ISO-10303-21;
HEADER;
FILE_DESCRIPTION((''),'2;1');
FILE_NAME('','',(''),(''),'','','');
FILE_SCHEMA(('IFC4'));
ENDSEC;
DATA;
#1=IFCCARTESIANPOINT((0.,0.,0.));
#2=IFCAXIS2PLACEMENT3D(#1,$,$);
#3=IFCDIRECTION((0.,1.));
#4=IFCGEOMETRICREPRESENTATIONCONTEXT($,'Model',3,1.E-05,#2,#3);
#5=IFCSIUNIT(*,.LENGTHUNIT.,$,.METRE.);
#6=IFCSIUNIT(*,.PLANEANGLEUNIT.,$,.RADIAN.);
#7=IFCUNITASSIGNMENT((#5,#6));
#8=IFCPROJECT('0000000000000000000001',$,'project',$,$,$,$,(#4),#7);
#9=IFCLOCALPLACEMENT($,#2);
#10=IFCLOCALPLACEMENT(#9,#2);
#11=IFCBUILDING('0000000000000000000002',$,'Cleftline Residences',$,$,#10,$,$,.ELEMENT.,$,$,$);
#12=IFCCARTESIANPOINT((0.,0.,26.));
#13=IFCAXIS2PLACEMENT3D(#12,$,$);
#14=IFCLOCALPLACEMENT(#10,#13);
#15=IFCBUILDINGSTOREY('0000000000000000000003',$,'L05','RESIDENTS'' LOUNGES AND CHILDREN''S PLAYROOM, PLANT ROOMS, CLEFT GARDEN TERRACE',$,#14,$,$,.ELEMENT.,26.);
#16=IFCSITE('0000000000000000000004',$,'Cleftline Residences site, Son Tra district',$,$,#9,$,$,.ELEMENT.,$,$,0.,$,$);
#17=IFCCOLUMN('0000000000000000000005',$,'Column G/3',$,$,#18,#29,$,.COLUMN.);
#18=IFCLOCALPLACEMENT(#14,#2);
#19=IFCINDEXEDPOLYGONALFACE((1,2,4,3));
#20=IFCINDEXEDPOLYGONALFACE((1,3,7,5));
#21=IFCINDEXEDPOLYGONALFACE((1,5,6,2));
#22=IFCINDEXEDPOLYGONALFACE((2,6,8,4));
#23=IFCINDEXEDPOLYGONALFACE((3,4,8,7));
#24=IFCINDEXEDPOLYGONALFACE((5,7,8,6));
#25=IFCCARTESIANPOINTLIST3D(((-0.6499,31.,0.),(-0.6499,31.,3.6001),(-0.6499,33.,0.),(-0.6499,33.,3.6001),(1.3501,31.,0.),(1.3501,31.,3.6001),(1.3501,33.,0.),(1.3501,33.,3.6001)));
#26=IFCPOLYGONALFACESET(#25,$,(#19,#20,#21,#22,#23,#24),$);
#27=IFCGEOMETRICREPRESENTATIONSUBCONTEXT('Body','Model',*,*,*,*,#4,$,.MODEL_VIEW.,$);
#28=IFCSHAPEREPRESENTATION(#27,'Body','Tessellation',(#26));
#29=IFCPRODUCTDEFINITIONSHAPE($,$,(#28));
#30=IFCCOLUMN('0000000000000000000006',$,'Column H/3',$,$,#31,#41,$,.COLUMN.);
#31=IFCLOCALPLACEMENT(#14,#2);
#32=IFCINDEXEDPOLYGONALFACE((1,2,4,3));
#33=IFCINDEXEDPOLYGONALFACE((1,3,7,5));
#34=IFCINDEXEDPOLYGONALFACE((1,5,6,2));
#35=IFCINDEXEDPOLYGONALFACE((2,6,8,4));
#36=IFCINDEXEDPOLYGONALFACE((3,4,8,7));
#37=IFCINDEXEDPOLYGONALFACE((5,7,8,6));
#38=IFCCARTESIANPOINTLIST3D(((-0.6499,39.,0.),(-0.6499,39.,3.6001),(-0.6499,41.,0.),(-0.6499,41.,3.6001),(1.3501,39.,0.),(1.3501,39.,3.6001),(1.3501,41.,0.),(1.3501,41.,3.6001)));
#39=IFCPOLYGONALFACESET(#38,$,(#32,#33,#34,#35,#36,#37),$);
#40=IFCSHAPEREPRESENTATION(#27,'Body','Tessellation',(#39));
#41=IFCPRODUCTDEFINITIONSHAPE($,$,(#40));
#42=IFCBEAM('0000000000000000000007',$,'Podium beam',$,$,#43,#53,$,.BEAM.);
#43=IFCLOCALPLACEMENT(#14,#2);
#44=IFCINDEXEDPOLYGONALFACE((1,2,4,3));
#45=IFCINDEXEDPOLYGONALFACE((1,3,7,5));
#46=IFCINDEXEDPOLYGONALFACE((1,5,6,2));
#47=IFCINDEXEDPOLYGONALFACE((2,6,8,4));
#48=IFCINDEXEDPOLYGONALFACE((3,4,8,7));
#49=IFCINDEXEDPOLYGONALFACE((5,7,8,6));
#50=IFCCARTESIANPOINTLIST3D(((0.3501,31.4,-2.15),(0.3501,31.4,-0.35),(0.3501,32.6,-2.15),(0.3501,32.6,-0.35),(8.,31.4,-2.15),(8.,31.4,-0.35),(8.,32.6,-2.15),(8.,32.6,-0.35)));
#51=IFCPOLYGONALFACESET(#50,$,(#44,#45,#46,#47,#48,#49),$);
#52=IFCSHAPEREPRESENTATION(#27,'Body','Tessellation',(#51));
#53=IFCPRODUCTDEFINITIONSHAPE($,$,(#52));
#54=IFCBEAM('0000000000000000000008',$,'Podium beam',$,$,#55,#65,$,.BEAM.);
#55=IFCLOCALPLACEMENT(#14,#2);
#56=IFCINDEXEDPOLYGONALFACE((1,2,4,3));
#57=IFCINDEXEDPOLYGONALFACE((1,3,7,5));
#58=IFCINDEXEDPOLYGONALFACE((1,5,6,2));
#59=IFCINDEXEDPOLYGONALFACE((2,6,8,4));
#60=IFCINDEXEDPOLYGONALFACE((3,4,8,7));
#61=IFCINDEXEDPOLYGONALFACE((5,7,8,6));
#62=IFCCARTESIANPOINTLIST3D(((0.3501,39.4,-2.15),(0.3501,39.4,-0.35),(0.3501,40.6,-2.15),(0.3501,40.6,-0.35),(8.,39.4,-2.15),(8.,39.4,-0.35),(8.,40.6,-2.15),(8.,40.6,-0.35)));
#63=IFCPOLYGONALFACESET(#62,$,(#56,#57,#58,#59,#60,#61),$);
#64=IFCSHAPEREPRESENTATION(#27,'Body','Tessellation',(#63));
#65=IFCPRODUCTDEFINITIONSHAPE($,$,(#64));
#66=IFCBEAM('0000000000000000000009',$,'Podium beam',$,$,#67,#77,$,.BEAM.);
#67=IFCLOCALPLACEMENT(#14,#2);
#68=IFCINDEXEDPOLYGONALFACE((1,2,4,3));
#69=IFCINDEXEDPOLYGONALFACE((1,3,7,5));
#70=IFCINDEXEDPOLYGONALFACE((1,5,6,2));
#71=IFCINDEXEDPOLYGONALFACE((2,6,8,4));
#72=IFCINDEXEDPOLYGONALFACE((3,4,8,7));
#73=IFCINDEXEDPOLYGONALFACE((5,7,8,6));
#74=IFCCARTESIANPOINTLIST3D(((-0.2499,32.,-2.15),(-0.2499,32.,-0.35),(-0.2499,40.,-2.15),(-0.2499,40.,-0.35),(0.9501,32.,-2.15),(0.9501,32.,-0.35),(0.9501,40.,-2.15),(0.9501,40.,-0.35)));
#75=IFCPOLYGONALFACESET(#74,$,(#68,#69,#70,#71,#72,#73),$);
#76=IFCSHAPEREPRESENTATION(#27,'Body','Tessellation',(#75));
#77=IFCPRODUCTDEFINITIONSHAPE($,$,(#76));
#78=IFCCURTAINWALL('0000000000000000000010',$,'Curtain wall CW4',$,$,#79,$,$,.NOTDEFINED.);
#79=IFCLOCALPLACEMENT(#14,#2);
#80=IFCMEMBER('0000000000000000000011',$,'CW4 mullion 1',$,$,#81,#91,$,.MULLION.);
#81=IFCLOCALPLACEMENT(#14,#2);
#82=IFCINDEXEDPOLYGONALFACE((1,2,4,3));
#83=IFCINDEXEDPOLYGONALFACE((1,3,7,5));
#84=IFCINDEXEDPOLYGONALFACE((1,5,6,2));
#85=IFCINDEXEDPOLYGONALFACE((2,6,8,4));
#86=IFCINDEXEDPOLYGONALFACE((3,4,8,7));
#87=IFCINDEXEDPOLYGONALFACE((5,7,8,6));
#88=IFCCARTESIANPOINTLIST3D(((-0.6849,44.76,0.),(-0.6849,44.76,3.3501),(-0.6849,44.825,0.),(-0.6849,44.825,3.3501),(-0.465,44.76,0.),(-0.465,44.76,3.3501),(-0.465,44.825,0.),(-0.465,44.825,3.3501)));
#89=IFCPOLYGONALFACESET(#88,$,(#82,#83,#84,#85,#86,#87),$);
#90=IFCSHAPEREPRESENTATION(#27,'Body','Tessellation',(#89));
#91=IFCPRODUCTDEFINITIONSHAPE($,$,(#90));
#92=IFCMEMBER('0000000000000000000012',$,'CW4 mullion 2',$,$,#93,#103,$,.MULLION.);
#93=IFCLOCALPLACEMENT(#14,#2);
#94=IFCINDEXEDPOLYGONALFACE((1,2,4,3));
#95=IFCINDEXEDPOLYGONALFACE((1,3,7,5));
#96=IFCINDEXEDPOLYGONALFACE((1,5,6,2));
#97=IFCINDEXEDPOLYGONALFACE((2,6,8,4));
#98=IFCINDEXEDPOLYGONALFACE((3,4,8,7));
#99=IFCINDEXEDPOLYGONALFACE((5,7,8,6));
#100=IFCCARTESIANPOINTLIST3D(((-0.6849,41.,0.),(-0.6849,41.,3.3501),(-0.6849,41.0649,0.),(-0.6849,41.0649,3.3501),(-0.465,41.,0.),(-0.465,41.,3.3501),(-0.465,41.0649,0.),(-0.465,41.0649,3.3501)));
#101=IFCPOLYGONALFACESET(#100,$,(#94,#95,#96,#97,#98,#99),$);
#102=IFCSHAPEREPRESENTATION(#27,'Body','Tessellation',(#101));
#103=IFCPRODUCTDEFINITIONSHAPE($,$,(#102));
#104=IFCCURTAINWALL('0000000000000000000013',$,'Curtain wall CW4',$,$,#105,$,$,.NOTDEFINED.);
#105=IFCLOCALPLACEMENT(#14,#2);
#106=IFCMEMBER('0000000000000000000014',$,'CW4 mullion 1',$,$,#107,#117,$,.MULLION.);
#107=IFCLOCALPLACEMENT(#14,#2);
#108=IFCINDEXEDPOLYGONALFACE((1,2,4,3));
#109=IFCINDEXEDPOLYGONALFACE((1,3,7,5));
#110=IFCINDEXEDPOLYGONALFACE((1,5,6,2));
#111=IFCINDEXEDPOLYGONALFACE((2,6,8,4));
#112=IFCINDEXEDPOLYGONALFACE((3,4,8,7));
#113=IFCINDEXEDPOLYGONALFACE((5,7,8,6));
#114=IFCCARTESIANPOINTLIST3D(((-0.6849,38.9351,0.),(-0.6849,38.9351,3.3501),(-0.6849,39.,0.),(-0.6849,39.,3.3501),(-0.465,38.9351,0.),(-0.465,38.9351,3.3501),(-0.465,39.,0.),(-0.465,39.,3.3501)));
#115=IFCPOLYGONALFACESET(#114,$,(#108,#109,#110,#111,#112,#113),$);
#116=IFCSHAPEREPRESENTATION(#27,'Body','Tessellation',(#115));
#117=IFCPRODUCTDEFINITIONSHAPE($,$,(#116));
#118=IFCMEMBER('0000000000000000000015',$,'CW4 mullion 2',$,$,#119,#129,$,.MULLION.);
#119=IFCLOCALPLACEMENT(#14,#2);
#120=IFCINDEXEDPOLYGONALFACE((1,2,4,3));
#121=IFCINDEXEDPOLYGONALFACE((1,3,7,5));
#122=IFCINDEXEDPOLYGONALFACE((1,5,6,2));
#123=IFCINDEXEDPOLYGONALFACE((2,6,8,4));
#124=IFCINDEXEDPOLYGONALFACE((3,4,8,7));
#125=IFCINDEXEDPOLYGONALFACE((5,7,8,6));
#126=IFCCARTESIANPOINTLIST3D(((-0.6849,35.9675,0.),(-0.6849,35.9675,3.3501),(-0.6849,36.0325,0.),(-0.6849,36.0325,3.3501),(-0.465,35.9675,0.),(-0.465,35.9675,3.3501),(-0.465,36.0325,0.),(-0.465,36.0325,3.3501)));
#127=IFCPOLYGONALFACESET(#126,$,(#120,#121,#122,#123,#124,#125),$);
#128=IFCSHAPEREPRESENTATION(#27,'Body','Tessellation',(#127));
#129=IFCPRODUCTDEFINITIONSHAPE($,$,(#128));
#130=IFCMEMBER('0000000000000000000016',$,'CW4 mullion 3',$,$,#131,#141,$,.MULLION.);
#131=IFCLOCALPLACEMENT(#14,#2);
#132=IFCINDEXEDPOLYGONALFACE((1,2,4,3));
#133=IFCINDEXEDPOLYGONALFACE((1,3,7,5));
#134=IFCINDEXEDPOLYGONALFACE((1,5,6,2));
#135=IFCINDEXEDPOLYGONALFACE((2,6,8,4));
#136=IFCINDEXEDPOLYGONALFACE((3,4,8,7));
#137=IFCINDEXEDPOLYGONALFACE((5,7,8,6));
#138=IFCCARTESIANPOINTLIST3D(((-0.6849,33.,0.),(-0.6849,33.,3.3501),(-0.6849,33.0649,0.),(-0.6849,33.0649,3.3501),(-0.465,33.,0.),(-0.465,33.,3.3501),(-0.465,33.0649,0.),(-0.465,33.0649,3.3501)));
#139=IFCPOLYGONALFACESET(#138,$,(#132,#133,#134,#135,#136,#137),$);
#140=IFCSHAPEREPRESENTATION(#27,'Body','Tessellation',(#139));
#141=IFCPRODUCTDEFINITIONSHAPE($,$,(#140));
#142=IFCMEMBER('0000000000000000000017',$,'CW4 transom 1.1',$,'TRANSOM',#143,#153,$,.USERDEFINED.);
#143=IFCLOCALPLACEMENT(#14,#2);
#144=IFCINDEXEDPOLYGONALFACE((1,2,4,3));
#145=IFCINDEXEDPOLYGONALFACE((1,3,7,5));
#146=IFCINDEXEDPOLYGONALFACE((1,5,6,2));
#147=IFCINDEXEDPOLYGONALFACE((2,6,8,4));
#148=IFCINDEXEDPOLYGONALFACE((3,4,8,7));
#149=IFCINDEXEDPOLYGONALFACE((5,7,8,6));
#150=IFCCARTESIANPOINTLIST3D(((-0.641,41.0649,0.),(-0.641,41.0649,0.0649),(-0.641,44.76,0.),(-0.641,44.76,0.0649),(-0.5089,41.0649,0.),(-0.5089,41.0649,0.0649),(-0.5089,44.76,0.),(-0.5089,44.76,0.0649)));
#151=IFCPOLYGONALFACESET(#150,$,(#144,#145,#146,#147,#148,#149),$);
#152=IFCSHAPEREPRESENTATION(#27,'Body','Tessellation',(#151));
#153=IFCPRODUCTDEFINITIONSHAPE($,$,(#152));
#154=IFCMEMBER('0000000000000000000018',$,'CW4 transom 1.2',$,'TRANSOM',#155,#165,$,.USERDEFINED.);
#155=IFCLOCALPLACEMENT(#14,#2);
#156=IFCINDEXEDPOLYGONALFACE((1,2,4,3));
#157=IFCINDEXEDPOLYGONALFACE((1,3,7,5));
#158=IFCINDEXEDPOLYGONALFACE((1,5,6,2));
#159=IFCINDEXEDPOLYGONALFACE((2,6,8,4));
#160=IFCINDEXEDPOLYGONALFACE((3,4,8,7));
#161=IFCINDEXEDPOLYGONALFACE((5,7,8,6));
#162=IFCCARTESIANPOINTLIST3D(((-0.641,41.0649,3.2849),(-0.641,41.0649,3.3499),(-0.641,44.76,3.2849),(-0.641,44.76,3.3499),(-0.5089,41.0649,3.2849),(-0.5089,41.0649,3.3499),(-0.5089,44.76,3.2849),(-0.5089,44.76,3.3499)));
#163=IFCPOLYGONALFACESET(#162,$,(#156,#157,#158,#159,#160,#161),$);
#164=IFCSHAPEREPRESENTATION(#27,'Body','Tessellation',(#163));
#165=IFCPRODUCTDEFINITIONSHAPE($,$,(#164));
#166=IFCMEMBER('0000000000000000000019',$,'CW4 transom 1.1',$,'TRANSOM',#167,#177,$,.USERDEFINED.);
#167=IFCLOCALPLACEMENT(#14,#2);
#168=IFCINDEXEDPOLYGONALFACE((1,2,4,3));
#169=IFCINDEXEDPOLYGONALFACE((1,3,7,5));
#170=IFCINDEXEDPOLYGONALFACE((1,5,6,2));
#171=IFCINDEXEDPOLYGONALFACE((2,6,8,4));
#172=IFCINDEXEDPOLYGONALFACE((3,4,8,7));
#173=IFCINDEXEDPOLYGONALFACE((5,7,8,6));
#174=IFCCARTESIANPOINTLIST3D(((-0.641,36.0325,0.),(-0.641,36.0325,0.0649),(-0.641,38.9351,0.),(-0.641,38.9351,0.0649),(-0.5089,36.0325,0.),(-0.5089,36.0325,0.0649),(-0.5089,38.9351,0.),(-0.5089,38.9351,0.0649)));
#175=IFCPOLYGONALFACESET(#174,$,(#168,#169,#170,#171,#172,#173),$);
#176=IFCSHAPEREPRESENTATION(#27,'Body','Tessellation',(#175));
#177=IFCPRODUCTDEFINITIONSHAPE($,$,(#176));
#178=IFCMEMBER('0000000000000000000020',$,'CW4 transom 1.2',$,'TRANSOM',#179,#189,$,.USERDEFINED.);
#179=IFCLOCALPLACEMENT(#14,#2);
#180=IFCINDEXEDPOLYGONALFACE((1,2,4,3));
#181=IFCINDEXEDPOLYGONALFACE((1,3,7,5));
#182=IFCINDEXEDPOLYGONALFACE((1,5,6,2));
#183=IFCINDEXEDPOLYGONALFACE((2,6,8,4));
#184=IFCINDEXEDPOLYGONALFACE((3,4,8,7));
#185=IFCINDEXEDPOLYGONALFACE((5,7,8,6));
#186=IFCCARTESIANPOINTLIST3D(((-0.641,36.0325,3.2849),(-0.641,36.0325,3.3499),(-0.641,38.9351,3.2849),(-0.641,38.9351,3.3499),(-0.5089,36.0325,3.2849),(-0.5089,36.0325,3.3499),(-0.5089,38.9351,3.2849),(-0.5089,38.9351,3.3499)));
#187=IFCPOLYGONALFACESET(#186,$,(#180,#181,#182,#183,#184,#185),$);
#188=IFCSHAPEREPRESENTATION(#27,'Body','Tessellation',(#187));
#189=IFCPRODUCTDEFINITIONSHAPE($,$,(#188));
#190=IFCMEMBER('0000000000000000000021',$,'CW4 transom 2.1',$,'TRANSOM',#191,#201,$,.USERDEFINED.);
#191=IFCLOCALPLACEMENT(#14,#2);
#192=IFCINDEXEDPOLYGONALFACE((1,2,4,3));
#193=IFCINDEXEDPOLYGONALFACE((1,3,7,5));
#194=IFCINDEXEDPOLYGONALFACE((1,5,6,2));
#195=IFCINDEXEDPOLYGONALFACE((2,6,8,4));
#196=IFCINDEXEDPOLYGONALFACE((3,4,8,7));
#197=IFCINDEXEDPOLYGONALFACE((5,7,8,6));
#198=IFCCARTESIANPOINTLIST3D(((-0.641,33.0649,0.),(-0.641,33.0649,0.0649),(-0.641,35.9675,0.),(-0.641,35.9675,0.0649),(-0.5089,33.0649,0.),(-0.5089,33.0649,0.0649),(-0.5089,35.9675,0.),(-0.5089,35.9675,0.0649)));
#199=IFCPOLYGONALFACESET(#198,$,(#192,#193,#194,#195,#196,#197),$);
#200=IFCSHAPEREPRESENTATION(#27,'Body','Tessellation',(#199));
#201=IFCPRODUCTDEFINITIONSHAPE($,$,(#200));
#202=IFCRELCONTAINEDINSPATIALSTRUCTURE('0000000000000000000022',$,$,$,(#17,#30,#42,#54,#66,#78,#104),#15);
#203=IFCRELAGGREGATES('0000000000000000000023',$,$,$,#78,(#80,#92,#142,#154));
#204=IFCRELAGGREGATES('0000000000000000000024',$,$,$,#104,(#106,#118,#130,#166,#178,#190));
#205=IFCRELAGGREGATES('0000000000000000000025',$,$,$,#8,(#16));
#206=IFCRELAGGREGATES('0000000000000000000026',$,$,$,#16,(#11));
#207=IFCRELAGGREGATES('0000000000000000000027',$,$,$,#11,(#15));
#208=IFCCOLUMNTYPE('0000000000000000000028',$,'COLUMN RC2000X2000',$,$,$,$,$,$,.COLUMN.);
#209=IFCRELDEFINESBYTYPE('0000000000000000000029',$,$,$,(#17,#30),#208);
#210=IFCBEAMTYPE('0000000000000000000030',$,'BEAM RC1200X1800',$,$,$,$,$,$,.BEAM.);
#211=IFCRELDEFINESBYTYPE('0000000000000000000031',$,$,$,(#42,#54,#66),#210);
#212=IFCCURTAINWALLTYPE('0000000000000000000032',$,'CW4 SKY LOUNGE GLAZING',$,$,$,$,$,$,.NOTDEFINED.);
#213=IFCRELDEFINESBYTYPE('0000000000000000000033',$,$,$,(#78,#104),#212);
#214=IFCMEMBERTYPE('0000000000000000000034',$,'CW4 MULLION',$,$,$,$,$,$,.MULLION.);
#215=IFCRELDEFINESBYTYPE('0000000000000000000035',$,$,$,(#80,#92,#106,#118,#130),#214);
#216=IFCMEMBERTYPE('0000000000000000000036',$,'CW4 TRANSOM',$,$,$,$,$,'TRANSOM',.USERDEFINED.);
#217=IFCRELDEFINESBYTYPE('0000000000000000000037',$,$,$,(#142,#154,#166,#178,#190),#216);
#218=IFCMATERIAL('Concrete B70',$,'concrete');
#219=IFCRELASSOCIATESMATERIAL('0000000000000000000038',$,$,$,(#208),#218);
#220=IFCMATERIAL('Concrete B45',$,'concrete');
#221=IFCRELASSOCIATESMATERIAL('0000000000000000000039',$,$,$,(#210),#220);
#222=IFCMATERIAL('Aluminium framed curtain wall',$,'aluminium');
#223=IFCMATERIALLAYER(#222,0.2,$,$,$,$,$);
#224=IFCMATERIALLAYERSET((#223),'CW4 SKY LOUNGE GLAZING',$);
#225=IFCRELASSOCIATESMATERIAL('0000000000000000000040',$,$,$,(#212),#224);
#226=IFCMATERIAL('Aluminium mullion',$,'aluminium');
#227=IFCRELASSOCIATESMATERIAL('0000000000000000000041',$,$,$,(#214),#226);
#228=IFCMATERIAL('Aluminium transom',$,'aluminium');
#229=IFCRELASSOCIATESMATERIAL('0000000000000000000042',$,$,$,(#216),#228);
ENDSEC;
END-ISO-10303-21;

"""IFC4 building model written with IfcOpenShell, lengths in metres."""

from ifc_helpers import new_model, si_unit, direction, frame, origin, origin_2d, place, context, subcontext, project, spatial, rectangle, extrude, material, layer, layer_set, material_profile, profile_set, type_object, element, aggregate, save


model = new_model("IFC4")

# Units and contexts
model_context = context("Model", 3, precision=1e-05, world=origin(), true_north=direction((0.0, 1.0)))
body_context = subcontext(model_context, "Body", "Model", "MODEL_VIEW")
ifc_project = project(units=[si_unit("LENGTHUNIT", "METRE"), si_unit("PLANEANGLEUNIT", "RADIAN")], contexts=[model_context])

# Site, building, storey
site_placement = place(None, origin())
site = spatial("IfcSite", under=ifc_project, at=site_placement, Name="Cleftline Residences site, Son Tra district", CompositionType="ELEMENT", RefElevation=0.0)
building_placement = place(site_placement, origin())
building = spatial("IfcBuilding", under=site, at=building_placement, Name="Cleftline Residences", CompositionType="ELEMENT")
storey_placement = place(building_placement, frame((0.0, 0.0, 26.0)))
storey = spatial("IfcBuildingStorey", under=building, at=storey_placement, Name="L05", Description="RESIDENTS' LOUNGES AND CHILDREN'S PLAYROOM, PLANT ROOMS, CLEFT GARDEN TERRACE", CompositionType="ELEMENT", Elevation=26.0)

# Columns
ifc_material_1 = material(Name="Concrete B70", Category="concrete")
ifc_material_profile_1 = material_profile(ifc_material_1, rectangle(XDim=2.0, YDim=2.0, at=origin_2d()))
ifc_profile_set_1 = profile_set([ifc_material_profile_1], Name="Concrete B70")
column_type = type_object("IfcColumnType", Name="COLUMN RC2000X2000", PredefinedType="COLUMN", material=ifc_profile_set_1)
for number, where, z_axis, x_axis, name in (
    (1, (0.3501, 32.0, 0.0), (0.0, 0.0, 1.0), (1.0, 0.0, 0.0), "Column G/3"),
    (2, (0.3501, 40.0, 0.0), (0.0, 0.0, 1.0), (1.0, 0.0, 0.0), "Column H/3"),
):
    element("IfcColumn", number, at=place(storey_placement, frame(where, z_axis=z_axis, x_axis=x_axis)), inside=storey, type_object=column_type, Name=name, PredefinedType="COLUMN", context=body_context, shape_type="SweptSolid", body=[
        extrude(rectangle(XDim=2.0, YDim=2.0, at=origin_2d()), origin(), (0.0, 0.0, 1.0), 3.6001),
    ])

# Beams
ifc_material_2 = material(Name="Concrete B45", Category="concrete")
ifc_material_profile_2 = material_profile(ifc_material_2, rectangle(XDim=1.2, YDim=1.8, at=origin_2d()))
ifc_profile_set_2 = profile_set([ifc_material_profile_2], Name="Concrete B45")
beam_type = type_object("IfcBeamType", Name="BEAM RC1200X1800", PredefinedType="BEAM", material=ifc_profile_set_2)
for number, where, z_axis, x_axis, name in (
    (3, (0.3501, 32.0, -1.25), (1.0, 0.0, 0.0), (0.0, 1.0, 0.0), "Podium beam"),
    (4, (0.3501, 40.0, -1.25), (1.0, 0.0, 0.0), (0.0, 1.0, 0.0), "Podium beam"),
):
    element("IfcBeam", number, at=place(storey_placement, frame(where, z_axis=z_axis, x_axis=x_axis)), inside=storey, type_object=beam_type, Name=name, PredefinedType="BEAM", context=body_context, shape_type="SweptSolid", body=[
        extrude(rectangle(XDim=1.2, YDim=1.8, at=origin_2d()), origin(), (0.0, 0.0, 1.0), 7.6499),
    ])
beam_placement = place(storey_placement, frame((0.3501, 32.0, -1.25), z_axis=(0.0, 1.0, 0.0), x_axis=(-1.0, 0.0, 0.0)))
element("IfcBeam", 5, at=beam_placement, inside=storey, type_object=beam_type, Name="Podium beam", PredefinedType="BEAM", context=body_context, shape_type="SweptSolid", body=[
    extrude(rectangle(XDim=1.2, YDim=1.8, at=origin_2d()), origin(), (0.0, 0.0, 1.0), 8.0),
])

# Curtain walls, members
ifc_material_3 = material(Name="Aluminium framed curtain wall", Category="aluminium")
ifc_layer_1 = layer(ifc_material_3, 0.2)
ifc_layer_set_1 = layer_set([ifc_layer_1], Name="CW4 SKY LOUNGE GLAZING")
curtain_wall_type = type_object("IfcCurtainWallType", Name="CW4 SKY LOUNGE GLAZING", PredefinedType="NOTDEFINED", material=ifc_layer_set_1)
curtain_wall_1_placement = place(storey_placement, origin())
curtain_wall_1 = element("IfcCurtainWall", 6, at=curtain_wall_1_placement, inside=storey, type_object=curtain_wall_type, Name="Curtain wall CW4", PredefinedType="NOTDEFINED")
ifc_material_4 = material(Name="Aluminium mullion", Category="aluminium")
ifc_material_profile_3 = material_profile(ifc_material_4, rectangle(XDim=0.22, YDim=0.0649, at=origin_2d()))
ifc_profile_set_3 = profile_set([ifc_material_profile_3], Name="Aluminium mullion")
member_type_1 = type_object("IfcMemberType", Name="CW4 MULLION", PredefinedType="MULLION", material=ifc_profile_set_3)
member_1_placement = place(storey_placement, frame((-0.575, 44.7925, 0.0), z_axis=(0.0, 0.0, 1.0), x_axis=(1.0, 0.0, 0.0)))
member_1 = element("IfcMember", 7, at=member_1_placement, type_object=member_type_1, Name="CW4 mullion 1", PredefinedType="MULLION", context=body_context, shape_type="SweptSolid", body=[
    extrude(rectangle(XDim=0.22, YDim=0.0649, at=origin_2d()), origin(), (0.0, 0.0, 1.0), 3.3501),
])
member_2_placement = place(storey_placement, frame((-0.575, 41.0325, 0.0), z_axis=(0.0, 0.0, 1.0), x_axis=(1.0, 0.0, 0.0)))
member_2 = element("IfcMember", 8, at=member_2_placement, type_object=member_type_1, Name="CW4 mullion 2", PredefinedType="MULLION", context=body_context, shape_type="SweptSolid", body=[
    extrude(rectangle(XDim=0.22, YDim=0.0649, at=origin_2d()), origin(), (0.0, 0.0, 1.0), 3.3501),
])
curtain_wall_2_placement = place(storey_placement, origin())
curtain_wall_2 = element("IfcCurtainWall", 9, at=curtain_wall_2_placement, inside=storey, type_object=curtain_wall_type, Name="Curtain wall CW4", PredefinedType="NOTDEFINED")
member_3_placement = place(storey_placement, frame((-0.575, 38.9675, 0.0), z_axis=(0.0, 0.0, 1.0), x_axis=(1.0, 0.0, 0.0)))
member_3 = element("IfcMember", 10, at=member_3_placement, type_object=member_type_1, Name="CW4 mullion 1", PredefinedType="MULLION", context=body_context, shape_type="SweptSolid", body=[
    extrude(rectangle(XDim=0.22, YDim=0.0649, at=origin_2d()), origin(), (0.0, 0.0, 1.0), 3.3501),
])
member_4_placement = place(storey_placement, frame((-0.575, 36.0, 0.0), z_axis=(0.0, 0.0, 1.0), x_axis=(1.0, 0.0, 0.0)))
member_4 = element("IfcMember", 11, at=member_4_placement, type_object=member_type_1, Name="CW4 mullion 2", PredefinedType="MULLION", context=body_context, shape_type="SweptSolid", body=[
    extrude(rectangle(XDim=0.22, YDim=0.0649, at=origin_2d()), origin(), (0.0, 0.0, 1.0), 3.3501),
])
member_5_placement = place(storey_placement, frame((-0.575, 33.0325, 0.0), z_axis=(0.0, 0.0, 1.0), x_axis=(1.0, 0.0, 0.0)))
member_5 = element("IfcMember", 12, at=member_5_placement, type_object=member_type_1, Name="CW4 mullion 3", PredefinedType="MULLION", context=body_context, shape_type="SweptSolid", body=[
    extrude(rectangle(XDim=0.22, YDim=0.0649, at=origin_2d()), origin(), (0.0, 0.0, 1.0), 3.3501),
])

# Members
ifc_material_5 = material(Name="Aluminium transom", Category="aluminium")
ifc_material_profile_4 = material_profile(ifc_material_5, rectangle(XDim=0.1321, YDim=0.0649, at=origin_2d()))
ifc_profile_set_4 = profile_set([ifc_material_profile_4], Name="Aluminium transom")
member_type_2 = type_object("IfcMemberType", Name="CW4 TRANSOM", ElementType="TRANSOM", PredefinedType="USERDEFINED", material=ifc_profile_set_4)
member_6_placement = place(storey_placement, frame((-0.575, 44.76, 0.0325), z_axis=(0.0, -1.0, 0.0), x_axis=(1.0, 0.0, 0.0)))
member_6 = element("IfcMember", 13, at=member_6_placement, type_object=member_type_2, Name="CW4 transom 1.1", ObjectType="TRANSOM", PredefinedType="USERDEFINED", context=body_context, shape_type="SweptSolid", body=[
    extrude(rectangle(XDim=0.1321, YDim=0.0649, at=origin_2d()), origin(), (0.0, 0.0, 1.0), 3.6951),
])
member_7_placement = place(storey_placement, frame((-0.575, 44.76, 3.3174), z_axis=(0.0, -1.0, 0.0), x_axis=(1.0, 0.0, 0.0)))
member_7 = element("IfcMember", 14, at=member_7_placement, type_object=member_type_2, Name="CW4 transom 1.2", ObjectType="TRANSOM", PredefinedType="USERDEFINED", context=body_context, shape_type="SweptSolid", body=[
    extrude(rectangle(XDim=0.1321, YDim=0.0649, at=origin_2d()), origin(), (0.0, 0.0, 1.0), 3.6951),
])
member_8_placement = place(storey_placement, frame((-0.575, 38.9351, 0.0325), z_axis=(0.0, -1.0, 0.0), x_axis=(1.0, 0.0, 0.0)))
member_8 = element("IfcMember", 15, at=member_8_placement, type_object=member_type_2, Name="CW4 transom 1.1", ObjectType="TRANSOM", PredefinedType="USERDEFINED", context=body_context, shape_type="SweptSolid", body=[
    extrude(rectangle(XDim=0.1321, YDim=0.0649, at=origin_2d()), origin(), (0.0, 0.0, 1.0), 2.9026),
])
member_9_placement = place(storey_placement, frame((-0.575, 38.9351, 3.3174), z_axis=(0.0, -1.0, 0.0), x_axis=(1.0, 0.0, 0.0)))
member_9 = element("IfcMember", 16, at=member_9_placement, type_object=member_type_2, Name="CW4 transom 1.2", ObjectType="TRANSOM", PredefinedType="USERDEFINED", context=body_context, shape_type="SweptSolid", body=[
    extrude(rectangle(XDim=0.1321, YDim=0.0649, at=origin_2d()), origin(), (0.0, 0.0, 1.0), 2.9026),
])
member_10_placement = place(storey_placement, frame((-0.575, 35.9675, 0.0325), z_axis=(0.0, -1.0, 0.0), x_axis=(1.0, 0.0, 0.0)))
member_10 = element("IfcMember", 17, at=member_10_placement, type_object=member_type_2, Name="CW4 transom 2.1", ObjectType="TRANSOM", PredefinedType="USERDEFINED", context=body_context, shape_type="SweptSolid", body=[
    extrude(rectangle(XDim=0.1321, YDim=0.0649, at=origin_2d()), origin(), (0.0, 0.0, 1.0), 2.9026),
])

aggregate(curtain_wall_1, [member_1, member_2, member_6, member_7])
aggregate(curtain_wall_2, [member_3, member_4, member_5, member_8, member_9, member_10])

save(model, "model.ifc")
